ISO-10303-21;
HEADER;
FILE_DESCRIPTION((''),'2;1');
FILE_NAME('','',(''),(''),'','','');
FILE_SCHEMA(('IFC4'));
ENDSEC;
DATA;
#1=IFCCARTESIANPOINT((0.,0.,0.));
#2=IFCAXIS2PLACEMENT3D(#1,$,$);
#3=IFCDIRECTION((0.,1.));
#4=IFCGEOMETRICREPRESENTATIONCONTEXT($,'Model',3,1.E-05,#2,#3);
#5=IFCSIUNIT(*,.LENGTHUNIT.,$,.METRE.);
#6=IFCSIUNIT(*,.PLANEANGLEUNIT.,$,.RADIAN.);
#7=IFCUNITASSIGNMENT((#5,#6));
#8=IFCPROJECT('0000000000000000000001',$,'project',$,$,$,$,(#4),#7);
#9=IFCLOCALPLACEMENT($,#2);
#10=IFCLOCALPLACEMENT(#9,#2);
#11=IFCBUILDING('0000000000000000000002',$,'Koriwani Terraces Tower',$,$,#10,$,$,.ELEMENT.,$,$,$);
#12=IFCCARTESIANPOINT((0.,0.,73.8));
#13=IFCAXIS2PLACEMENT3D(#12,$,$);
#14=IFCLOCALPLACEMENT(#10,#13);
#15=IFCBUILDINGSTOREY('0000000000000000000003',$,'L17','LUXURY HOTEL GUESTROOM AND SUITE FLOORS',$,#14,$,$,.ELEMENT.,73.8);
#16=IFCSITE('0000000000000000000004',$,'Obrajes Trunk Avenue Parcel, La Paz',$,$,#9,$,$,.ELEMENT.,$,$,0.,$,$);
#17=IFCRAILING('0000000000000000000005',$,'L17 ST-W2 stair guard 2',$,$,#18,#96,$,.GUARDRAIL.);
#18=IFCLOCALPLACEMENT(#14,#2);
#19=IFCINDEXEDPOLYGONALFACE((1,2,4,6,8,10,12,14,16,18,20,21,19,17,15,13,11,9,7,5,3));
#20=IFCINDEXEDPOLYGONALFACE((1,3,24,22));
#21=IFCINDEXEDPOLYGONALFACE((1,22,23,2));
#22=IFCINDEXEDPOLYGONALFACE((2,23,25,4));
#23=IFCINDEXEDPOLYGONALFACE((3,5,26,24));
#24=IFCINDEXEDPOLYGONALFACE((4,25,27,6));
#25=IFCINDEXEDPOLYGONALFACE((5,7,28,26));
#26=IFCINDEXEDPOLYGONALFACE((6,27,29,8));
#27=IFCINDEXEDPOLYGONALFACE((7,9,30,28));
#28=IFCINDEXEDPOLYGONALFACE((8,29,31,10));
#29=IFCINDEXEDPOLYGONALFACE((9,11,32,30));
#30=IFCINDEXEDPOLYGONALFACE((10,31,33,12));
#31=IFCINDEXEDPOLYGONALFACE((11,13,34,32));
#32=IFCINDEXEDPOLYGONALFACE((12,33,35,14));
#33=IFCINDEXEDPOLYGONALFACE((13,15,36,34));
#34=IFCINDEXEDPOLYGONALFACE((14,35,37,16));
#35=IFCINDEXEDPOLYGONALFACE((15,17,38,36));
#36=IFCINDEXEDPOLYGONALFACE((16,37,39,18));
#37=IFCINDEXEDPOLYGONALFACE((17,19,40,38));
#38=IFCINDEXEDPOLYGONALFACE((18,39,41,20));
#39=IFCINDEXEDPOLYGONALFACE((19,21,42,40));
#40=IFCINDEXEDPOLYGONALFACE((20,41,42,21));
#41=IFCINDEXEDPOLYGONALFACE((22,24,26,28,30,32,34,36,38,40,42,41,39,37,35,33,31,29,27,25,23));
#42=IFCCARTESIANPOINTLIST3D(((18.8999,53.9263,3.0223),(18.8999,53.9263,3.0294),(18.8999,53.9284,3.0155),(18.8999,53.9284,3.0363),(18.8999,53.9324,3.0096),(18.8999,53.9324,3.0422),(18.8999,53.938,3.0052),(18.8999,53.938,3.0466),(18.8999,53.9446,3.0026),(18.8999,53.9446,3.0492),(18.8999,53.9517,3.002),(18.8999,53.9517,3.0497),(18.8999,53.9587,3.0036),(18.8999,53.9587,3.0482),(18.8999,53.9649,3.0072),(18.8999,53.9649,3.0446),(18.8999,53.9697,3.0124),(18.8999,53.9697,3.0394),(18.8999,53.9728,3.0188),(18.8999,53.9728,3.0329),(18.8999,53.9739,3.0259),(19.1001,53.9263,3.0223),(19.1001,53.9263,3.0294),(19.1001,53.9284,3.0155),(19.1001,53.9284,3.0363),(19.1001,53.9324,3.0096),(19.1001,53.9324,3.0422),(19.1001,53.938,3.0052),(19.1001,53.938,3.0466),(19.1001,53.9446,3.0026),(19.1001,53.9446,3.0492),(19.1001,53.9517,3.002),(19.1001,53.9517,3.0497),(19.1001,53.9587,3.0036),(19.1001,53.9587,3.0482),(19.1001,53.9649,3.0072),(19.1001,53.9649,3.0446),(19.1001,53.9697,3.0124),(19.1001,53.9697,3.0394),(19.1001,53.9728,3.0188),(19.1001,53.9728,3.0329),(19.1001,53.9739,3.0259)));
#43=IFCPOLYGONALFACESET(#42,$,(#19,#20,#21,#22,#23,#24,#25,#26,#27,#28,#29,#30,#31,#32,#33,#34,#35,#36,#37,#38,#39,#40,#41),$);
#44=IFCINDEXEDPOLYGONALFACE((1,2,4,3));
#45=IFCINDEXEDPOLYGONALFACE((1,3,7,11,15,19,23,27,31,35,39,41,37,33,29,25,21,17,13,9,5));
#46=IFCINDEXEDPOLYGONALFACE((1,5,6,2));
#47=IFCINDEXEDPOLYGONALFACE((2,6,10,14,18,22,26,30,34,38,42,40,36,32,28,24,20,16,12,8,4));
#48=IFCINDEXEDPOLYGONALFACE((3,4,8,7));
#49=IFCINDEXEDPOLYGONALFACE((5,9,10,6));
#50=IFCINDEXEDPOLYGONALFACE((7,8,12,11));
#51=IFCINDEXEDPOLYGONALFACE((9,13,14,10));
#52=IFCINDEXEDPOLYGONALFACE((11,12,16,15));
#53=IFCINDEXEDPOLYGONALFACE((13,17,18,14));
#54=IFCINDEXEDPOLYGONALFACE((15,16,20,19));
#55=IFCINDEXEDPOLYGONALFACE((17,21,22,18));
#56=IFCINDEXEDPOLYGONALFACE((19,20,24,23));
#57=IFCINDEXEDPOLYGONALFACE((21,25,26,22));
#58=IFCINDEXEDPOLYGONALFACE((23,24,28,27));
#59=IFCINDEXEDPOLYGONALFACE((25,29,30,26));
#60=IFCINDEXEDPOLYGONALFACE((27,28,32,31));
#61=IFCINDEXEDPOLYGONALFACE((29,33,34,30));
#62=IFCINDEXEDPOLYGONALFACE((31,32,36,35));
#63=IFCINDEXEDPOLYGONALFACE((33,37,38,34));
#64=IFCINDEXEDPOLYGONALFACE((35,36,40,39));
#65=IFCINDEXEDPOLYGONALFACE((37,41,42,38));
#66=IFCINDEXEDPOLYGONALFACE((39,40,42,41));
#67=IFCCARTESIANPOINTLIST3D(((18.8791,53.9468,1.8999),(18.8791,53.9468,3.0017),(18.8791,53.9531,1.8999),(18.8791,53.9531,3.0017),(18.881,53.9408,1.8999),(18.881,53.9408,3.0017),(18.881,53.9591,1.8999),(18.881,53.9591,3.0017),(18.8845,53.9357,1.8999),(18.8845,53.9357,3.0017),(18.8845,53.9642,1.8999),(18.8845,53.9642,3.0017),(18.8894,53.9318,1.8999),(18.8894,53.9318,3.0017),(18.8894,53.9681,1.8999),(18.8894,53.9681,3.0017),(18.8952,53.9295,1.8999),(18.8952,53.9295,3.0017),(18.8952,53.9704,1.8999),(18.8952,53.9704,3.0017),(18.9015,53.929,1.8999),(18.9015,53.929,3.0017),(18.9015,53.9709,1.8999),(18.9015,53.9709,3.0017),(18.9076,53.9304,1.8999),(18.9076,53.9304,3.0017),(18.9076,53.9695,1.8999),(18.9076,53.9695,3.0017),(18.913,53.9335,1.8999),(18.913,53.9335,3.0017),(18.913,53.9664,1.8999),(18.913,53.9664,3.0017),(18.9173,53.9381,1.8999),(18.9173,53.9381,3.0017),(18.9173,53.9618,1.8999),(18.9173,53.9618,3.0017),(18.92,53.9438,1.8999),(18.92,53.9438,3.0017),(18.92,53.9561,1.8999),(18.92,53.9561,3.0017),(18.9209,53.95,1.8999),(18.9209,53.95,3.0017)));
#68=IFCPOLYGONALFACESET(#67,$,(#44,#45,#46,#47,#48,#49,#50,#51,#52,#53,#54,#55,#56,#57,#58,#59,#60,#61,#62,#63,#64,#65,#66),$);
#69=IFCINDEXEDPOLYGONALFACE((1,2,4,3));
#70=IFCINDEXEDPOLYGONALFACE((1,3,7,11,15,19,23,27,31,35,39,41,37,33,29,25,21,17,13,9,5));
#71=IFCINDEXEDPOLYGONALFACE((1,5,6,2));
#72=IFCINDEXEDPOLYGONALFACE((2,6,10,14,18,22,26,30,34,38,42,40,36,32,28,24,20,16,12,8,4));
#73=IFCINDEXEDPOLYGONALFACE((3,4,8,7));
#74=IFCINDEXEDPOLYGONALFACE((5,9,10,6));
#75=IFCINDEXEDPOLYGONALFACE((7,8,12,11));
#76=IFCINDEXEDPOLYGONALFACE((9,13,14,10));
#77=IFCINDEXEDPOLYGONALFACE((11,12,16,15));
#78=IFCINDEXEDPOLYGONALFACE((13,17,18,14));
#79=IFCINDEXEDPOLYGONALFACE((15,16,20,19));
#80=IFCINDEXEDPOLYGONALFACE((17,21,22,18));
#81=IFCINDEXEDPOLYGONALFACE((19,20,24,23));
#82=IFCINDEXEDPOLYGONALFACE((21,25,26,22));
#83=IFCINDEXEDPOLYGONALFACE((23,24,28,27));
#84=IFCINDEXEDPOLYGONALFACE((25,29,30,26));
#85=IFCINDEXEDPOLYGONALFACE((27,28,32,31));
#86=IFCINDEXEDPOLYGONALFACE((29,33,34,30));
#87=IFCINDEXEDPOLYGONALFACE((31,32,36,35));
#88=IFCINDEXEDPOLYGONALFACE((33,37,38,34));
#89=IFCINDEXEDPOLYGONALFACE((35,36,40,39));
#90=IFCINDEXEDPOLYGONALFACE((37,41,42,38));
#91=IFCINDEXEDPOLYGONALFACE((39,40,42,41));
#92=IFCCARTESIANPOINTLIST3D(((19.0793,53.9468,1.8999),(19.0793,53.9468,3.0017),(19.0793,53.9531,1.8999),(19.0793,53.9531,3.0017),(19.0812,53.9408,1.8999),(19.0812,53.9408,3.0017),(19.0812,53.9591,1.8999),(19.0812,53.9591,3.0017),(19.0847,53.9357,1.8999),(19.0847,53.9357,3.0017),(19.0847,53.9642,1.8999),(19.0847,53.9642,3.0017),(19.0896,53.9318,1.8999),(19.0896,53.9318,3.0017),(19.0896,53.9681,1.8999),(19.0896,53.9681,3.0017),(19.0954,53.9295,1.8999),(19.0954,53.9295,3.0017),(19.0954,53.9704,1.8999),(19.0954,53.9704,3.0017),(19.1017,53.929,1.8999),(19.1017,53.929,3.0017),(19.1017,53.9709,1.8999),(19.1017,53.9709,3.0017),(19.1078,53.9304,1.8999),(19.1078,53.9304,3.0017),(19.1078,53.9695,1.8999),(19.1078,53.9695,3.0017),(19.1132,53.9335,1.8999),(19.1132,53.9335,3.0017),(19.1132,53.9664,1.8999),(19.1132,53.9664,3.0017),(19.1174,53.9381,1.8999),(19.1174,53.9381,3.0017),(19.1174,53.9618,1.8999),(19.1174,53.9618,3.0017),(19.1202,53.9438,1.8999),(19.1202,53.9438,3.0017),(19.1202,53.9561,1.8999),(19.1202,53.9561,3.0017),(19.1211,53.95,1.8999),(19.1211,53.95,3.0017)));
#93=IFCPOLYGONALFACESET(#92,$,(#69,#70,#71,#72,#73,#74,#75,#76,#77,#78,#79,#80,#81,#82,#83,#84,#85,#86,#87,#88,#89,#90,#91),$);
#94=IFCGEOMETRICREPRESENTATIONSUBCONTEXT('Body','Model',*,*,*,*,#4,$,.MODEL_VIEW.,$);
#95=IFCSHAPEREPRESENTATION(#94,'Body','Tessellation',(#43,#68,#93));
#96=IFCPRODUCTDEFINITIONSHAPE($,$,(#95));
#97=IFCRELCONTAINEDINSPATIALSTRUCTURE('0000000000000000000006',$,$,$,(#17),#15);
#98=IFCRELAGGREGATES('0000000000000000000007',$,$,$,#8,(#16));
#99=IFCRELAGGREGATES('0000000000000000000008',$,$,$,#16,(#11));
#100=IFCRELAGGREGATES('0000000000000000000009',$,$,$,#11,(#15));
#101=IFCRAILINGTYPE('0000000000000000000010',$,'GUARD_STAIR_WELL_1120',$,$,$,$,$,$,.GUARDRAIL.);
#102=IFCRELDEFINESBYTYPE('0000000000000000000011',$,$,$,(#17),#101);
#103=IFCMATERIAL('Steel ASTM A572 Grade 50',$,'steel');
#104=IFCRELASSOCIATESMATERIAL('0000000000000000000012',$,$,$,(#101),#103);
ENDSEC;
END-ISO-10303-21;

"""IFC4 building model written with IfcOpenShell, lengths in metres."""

from ifc_helpers import new_model, si_unit, direction, frame, origin, origin_2d, place, context, subcontext, project, spatial, circle, extrude, material, type_object, element, save


model = new_model("IFC4")

# Units and contexts
model_context = context("Model", 3, precision=1e-05, world=origin(), true_north=direction((0.0, 1.0)))
body_context = subcontext(model_context, "Body", "Model", "MODEL_VIEW")
ifc_project = project(units=[si_unit("LENGTHUNIT", "METRE"), si_unit("PLANEANGLEUNIT", "RADIAN")], contexts=[model_context])

# Site, building, storey
site_placement = place(None, origin())
site = spatial("IfcSite", under=ifc_project, at=site_placement, Name="Obrajes Trunk Avenue Parcel, La Paz", CompositionType="ELEMENT", RefElevation=0.0)
building_placement = place(site_placement, origin())
building = spatial("IfcBuilding", under=site, at=building_placement, Name="Koriwani Terraces Tower", CompositionType="ELEMENT")
storey_placement = place(building_placement, frame((0.0, 0.0, 73.8)))
storey = spatial("IfcBuildingStorey", under=building, at=storey_placement, Name="L17", Description="LUXURY HOTEL GUESTROOM AND SUITE FLOORS", CompositionType="ELEMENT", Elevation=73.8)

# Shared definitions
ifc_material_1 = material(Name="Steel ASTM A572 Grade 50", Category="steel")

# Railing
railing_type_1 = type_object("IfcRailingType", Name="GUARD_STAIR_WELL_1120", PredefinedType="GUARDRAIL", material=ifc_material_1)
railing_1_placement = place(storey_placement, frame((18.8999, 53.95, 1.8999)))
element("IfcRailing", 1, at=railing_1_placement, inside=storey, type_object=railing_type_1, Name="L17 ST-W2 stair guard 2", PredefinedType="GUARDRAIL", context=body_context, shape_type="SweptSolid", body=[
    extrude(circle(Radius=0.0239, at=origin_2d()), frame((0.0, 0.0, 1.126), z_axis=(1.0, 0.0, 0.0), x_axis=(0.0, 1.0, 0.0)), (0.0, 0.0, 1.0), 0.2002),
    extrude(circle(Radius=0.021, at=origin_2d()), origin(), (0.0, 0.0, 1.0), 1.1018),
    extrude(circle(Radius=0.021, at=origin_2d()), frame((0.2002, 0.0, 0.0)), (0.0, 0.0, 1.0), 1.1018),
])

save(model, "model.ifc")
